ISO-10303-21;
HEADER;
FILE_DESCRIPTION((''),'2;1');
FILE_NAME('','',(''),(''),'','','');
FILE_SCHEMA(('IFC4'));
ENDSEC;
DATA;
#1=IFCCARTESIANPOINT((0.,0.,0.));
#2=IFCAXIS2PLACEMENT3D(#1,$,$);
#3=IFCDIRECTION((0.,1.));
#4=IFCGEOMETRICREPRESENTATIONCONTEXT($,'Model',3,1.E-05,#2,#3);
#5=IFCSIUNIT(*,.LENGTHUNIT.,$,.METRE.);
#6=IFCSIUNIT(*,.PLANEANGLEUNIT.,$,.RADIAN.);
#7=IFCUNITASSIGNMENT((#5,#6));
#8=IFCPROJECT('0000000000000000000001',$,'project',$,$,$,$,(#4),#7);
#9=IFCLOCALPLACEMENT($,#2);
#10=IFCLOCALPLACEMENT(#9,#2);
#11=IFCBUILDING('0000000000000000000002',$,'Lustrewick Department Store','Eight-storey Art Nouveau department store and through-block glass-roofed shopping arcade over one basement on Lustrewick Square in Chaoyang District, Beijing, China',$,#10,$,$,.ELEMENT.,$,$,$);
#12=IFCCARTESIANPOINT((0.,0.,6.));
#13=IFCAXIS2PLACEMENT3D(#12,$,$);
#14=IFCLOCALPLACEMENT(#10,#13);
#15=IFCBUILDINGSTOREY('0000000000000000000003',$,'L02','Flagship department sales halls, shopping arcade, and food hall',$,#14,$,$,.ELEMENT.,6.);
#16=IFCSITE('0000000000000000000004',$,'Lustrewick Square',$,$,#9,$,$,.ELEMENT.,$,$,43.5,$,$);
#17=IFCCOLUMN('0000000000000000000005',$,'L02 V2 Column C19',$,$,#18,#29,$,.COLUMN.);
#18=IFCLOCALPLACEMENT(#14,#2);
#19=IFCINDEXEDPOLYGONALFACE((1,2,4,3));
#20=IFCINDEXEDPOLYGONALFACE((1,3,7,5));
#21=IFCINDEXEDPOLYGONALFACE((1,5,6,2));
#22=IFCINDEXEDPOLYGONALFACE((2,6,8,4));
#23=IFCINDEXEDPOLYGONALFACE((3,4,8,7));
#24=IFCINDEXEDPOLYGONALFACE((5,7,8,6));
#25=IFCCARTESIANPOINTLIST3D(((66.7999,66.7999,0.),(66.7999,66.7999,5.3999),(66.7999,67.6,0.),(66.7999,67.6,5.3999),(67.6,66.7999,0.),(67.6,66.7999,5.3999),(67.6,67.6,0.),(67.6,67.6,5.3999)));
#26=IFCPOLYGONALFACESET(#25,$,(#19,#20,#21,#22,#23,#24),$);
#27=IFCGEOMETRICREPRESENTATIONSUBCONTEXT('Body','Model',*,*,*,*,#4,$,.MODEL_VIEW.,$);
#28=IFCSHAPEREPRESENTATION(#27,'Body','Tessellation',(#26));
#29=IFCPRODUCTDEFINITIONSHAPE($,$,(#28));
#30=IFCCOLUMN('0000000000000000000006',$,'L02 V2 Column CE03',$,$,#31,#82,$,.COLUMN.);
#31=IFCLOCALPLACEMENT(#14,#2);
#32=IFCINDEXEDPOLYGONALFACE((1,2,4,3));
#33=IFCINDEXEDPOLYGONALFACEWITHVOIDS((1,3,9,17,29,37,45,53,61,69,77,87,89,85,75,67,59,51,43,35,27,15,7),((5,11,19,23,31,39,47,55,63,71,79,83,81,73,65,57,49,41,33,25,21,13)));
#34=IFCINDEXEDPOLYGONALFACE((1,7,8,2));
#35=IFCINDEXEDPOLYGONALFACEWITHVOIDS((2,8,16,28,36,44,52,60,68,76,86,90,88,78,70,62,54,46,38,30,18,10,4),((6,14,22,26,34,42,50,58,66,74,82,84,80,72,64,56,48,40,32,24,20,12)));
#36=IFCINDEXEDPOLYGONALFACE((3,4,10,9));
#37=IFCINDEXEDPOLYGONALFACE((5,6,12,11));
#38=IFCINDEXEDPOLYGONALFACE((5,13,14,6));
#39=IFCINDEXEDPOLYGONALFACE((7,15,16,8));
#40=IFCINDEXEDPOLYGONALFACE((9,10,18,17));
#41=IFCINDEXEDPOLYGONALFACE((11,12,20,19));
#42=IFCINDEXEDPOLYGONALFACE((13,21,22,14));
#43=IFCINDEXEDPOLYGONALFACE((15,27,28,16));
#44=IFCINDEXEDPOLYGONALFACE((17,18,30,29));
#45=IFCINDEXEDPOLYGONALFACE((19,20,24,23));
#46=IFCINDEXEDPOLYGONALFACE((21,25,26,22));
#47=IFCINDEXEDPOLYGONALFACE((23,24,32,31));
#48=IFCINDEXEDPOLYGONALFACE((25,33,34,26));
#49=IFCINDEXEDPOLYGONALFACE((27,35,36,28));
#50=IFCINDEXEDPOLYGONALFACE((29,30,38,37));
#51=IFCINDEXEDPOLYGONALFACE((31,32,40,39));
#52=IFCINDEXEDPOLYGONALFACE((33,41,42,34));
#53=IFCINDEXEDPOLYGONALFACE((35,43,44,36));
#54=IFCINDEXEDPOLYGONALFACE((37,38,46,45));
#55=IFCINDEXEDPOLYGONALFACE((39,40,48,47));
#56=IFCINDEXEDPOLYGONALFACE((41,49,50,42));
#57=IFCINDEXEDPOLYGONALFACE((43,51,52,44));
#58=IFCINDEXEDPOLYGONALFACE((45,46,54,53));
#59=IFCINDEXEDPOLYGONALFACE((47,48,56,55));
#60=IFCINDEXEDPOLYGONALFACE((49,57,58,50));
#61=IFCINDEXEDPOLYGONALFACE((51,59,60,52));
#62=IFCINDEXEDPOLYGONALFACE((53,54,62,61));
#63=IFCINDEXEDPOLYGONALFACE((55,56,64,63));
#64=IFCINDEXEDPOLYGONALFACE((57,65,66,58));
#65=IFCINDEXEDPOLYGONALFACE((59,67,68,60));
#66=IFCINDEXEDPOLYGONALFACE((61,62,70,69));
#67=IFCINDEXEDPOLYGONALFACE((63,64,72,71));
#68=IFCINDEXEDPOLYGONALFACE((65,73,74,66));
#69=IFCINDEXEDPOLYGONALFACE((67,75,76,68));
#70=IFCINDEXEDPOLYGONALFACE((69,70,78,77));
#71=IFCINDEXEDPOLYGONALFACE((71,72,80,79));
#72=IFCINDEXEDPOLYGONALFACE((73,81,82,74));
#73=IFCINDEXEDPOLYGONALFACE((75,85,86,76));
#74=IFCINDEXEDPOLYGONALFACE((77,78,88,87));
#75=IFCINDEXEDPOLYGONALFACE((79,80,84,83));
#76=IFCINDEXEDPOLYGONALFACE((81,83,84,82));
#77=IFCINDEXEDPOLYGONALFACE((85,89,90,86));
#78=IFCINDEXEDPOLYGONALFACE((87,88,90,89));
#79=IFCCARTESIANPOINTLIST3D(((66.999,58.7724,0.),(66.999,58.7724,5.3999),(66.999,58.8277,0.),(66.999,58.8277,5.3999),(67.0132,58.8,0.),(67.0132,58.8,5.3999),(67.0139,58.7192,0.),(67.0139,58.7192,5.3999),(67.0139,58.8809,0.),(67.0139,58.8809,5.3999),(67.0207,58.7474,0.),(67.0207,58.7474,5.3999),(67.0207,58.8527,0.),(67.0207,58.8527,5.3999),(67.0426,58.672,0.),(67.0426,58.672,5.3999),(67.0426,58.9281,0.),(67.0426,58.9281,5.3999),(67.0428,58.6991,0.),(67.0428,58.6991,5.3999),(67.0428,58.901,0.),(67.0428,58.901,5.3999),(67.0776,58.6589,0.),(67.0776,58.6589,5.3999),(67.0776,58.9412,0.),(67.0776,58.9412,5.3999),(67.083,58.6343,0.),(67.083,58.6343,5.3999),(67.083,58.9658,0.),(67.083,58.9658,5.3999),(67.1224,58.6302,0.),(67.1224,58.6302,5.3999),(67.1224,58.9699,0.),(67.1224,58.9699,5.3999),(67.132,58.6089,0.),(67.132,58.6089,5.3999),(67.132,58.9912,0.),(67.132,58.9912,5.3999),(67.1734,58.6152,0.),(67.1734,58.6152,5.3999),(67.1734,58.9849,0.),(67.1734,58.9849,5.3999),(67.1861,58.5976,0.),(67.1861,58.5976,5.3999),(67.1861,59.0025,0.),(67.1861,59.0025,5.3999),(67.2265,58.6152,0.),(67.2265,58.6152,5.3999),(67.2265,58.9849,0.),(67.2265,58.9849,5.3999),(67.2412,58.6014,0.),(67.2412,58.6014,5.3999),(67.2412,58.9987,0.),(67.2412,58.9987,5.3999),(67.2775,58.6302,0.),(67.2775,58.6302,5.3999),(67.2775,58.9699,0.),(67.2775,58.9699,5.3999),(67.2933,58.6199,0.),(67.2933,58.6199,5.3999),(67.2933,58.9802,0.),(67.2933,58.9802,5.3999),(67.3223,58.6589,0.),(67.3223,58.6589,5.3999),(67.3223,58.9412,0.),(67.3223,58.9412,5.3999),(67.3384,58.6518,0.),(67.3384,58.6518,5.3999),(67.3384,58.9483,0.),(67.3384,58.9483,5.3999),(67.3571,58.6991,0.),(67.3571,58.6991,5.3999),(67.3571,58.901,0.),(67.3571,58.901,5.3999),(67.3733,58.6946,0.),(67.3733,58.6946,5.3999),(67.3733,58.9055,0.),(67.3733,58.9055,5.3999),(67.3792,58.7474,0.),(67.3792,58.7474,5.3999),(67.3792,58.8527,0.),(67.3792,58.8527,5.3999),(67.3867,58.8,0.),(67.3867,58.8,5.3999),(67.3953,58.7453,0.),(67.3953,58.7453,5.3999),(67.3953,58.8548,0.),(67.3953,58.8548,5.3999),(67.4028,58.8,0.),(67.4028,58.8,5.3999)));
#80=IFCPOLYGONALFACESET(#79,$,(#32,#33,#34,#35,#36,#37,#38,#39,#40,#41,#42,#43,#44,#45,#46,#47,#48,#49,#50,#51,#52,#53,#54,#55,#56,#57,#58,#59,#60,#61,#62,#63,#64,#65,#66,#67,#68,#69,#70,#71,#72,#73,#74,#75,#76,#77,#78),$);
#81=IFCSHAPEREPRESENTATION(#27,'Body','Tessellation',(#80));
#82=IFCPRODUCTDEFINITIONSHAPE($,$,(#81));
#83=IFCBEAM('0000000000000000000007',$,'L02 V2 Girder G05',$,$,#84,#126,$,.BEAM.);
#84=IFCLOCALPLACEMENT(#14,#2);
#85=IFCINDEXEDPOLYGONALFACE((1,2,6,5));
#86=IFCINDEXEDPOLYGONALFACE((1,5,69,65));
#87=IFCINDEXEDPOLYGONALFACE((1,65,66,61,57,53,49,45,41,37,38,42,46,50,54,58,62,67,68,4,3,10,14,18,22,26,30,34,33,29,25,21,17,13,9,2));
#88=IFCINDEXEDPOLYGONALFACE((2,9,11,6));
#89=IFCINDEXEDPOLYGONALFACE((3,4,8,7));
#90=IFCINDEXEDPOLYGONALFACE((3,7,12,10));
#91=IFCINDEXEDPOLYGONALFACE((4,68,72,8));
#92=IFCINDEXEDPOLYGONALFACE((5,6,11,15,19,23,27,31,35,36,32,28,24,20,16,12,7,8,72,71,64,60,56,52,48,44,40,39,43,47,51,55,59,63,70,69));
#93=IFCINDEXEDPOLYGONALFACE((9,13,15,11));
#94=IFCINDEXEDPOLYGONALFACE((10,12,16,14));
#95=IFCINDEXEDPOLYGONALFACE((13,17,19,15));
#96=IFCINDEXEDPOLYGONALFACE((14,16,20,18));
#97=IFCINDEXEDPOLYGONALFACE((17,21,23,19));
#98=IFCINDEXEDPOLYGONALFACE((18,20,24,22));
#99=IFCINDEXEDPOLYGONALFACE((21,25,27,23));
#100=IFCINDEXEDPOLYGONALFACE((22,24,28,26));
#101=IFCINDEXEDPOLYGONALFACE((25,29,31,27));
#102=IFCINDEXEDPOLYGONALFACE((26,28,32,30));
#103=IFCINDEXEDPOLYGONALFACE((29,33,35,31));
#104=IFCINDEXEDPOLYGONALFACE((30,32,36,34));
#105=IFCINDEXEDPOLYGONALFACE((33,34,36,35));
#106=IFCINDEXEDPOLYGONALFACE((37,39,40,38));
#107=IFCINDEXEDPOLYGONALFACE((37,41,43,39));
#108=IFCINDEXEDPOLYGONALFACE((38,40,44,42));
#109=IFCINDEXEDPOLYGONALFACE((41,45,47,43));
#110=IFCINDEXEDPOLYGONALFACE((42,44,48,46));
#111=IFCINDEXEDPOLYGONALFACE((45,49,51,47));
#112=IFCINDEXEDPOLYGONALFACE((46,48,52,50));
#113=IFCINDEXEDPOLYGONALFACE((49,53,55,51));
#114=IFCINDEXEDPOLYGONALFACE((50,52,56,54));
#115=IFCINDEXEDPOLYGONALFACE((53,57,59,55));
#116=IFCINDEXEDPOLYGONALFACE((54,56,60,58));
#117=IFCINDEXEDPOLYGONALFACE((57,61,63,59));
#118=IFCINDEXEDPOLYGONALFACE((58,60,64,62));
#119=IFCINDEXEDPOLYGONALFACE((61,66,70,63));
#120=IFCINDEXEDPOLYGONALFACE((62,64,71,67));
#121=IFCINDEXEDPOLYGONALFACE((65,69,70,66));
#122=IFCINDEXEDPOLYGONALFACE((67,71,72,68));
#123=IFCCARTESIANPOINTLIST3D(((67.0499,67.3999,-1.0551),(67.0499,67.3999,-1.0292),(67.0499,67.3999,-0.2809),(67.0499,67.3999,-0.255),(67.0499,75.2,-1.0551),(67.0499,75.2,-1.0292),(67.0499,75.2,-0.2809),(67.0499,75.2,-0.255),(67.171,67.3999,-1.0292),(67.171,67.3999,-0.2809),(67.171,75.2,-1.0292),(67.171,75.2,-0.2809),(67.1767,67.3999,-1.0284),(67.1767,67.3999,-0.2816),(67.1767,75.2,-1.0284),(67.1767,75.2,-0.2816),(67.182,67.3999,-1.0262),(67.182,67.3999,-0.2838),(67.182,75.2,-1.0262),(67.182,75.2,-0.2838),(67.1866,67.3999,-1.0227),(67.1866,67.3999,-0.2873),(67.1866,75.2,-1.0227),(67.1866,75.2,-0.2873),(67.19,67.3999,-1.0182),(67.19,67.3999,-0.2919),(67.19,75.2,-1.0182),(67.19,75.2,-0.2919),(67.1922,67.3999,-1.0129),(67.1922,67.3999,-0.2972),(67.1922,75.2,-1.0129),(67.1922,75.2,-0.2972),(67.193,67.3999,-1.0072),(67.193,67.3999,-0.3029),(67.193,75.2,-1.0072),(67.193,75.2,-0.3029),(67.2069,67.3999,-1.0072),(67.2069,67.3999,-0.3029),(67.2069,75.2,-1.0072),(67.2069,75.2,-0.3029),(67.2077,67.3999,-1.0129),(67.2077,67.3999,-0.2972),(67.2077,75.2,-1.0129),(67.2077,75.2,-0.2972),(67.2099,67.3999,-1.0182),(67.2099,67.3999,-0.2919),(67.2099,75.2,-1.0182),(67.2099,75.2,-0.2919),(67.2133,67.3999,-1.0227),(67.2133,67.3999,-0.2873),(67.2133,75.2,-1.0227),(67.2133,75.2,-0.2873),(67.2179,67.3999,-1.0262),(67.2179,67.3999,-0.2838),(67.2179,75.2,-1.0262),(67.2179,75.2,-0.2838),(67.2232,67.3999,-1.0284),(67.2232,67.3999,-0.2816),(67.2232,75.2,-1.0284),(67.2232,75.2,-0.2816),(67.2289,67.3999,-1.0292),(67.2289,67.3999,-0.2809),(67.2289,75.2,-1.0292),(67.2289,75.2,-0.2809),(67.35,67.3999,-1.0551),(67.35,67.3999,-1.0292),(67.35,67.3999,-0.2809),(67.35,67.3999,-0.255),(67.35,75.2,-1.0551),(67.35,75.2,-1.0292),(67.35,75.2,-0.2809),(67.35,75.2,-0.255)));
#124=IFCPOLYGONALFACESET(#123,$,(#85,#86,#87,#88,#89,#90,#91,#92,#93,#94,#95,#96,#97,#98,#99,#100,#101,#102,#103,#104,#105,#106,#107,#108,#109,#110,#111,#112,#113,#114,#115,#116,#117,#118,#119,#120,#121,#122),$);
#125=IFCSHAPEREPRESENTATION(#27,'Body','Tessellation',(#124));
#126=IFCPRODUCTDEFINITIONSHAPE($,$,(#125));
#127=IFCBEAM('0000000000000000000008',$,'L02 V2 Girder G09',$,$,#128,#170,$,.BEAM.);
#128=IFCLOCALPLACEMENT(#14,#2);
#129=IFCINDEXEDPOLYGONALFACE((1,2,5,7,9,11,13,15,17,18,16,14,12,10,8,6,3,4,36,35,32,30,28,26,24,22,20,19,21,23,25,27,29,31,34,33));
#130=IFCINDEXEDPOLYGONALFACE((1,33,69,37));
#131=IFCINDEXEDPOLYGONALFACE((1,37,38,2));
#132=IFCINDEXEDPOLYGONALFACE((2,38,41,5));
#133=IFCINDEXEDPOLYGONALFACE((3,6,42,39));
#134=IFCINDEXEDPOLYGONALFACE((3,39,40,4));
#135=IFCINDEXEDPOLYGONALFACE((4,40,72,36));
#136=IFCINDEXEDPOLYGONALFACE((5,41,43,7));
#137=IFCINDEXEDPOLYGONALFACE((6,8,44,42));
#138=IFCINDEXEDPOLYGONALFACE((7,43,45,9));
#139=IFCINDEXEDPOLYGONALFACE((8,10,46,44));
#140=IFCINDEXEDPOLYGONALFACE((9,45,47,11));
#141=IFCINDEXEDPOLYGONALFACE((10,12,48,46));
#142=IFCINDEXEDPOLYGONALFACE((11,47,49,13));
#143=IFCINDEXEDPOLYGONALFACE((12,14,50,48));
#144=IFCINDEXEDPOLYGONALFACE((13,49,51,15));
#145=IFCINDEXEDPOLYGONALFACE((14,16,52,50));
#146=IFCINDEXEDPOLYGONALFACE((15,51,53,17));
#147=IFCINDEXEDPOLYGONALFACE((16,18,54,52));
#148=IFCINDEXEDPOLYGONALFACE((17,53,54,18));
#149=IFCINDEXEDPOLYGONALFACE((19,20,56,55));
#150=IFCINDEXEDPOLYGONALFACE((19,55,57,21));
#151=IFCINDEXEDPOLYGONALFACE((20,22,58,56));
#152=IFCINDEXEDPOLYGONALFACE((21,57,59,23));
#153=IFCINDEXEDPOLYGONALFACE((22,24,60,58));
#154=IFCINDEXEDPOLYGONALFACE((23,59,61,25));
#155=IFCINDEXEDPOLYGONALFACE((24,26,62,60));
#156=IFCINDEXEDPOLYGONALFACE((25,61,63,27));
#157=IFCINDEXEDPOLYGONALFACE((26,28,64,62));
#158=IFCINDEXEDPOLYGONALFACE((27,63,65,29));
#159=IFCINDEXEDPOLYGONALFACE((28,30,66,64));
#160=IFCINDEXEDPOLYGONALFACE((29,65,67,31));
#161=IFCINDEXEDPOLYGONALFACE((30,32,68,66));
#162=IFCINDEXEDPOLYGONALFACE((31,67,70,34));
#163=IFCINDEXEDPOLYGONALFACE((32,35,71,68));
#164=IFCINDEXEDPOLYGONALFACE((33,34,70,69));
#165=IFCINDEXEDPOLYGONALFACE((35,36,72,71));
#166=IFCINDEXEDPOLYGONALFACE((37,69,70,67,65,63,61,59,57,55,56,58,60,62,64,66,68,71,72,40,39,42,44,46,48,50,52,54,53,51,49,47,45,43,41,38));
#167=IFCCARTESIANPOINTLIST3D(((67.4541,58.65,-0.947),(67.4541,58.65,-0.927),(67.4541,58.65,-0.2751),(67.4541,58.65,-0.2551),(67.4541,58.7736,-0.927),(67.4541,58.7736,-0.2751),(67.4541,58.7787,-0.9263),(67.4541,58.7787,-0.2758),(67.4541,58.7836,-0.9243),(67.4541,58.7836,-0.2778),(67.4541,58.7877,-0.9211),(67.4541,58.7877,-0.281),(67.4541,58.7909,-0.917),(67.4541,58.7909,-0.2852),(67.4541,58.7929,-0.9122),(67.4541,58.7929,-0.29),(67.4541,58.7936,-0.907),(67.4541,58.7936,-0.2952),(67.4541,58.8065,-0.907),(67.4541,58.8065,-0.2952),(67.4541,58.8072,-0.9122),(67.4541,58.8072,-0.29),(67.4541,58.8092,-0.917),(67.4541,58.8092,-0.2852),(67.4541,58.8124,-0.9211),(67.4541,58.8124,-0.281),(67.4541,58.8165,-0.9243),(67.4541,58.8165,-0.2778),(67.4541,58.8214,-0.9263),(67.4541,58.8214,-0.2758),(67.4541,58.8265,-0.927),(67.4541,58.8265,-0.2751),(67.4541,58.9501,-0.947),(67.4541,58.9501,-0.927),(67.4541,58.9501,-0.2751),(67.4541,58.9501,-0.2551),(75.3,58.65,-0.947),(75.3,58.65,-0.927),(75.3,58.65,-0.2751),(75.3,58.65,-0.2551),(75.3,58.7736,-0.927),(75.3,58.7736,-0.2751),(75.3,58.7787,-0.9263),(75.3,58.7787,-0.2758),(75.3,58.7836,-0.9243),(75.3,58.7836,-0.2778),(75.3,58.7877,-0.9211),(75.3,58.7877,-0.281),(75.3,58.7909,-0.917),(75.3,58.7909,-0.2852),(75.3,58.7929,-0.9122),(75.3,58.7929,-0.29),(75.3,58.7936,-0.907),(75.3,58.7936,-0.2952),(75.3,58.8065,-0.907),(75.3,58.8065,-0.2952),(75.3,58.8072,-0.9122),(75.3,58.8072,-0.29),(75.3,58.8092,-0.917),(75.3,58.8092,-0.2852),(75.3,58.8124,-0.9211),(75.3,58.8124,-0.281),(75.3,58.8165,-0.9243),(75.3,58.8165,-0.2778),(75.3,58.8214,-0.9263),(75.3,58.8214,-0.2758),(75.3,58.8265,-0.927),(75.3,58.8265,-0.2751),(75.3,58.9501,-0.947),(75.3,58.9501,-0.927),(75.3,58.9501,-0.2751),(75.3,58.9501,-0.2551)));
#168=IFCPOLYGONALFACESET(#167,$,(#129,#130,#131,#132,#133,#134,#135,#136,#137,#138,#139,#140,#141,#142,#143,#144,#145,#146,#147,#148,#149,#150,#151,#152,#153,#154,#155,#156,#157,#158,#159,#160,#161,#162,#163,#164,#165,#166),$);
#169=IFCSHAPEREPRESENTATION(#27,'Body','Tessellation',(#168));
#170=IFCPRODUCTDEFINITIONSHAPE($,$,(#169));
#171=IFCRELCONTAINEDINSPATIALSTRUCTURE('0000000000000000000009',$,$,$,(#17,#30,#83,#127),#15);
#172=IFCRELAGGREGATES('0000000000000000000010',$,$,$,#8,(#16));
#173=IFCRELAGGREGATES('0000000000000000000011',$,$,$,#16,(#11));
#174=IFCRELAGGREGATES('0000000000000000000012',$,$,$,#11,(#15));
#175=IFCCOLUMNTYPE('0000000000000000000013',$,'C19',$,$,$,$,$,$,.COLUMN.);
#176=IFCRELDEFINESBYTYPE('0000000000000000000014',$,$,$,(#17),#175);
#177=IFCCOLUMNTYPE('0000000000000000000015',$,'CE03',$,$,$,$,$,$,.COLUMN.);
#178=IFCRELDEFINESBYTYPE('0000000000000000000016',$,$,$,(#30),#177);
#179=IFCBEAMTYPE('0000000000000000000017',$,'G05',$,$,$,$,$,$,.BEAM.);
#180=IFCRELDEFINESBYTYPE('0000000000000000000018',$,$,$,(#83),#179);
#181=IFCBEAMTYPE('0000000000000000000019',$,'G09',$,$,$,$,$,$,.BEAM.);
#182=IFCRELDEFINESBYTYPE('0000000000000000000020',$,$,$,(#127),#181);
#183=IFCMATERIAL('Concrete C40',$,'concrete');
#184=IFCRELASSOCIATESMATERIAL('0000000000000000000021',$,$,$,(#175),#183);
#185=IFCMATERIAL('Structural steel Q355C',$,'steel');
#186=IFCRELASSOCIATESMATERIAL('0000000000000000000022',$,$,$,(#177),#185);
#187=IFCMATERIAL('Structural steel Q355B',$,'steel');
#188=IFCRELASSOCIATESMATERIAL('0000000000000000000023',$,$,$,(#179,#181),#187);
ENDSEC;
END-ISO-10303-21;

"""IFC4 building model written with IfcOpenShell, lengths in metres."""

from ifc_helpers import new_model, si_unit, direction, frame, origin, origin_2d, place, context, subcontext, project, spatial, rectangle, hollow_circle, i_section, extrude, material, material_profile, profile_set, type_object, element, save


model = new_model("IFC4")

# Units and contexts
model_context = context("Model", 3, precision=1e-05, world=origin(), true_north=direction((0.0, 1.0)))
body_context = subcontext(model_context, "Body", "Model", "MODEL_VIEW")
ifc_project = project(units=[si_unit("LENGTHUNIT", "METRE"), si_unit("PLANEANGLEUNIT", "RADIAN")], contexts=[model_context])

# Site, building, storey
site_placement = place(None, origin())
site = spatial("IfcSite", under=ifc_project, at=site_placement, Name="Lustrewick Square", CompositionType="ELEMENT", RefElevation=43.5)
building_placement = place(site_placement, origin())
building = spatial("IfcBuilding", under=site, at=building_placement, Name="Lustrewick Department Store", Description="Eight-storey Art Nouveau department store and through-block glass-roofed shopping arcade over one basement on Lustrewick Square in Chaoyang District, Beijing, China", CompositionType="ELEMENT")
storey_placement = place(building_placement, frame((0.0, 0.0, 6.0)))
storey = spatial("IfcBuildingStorey", under=building, at=storey_placement, Name="L02", Description="Flagship department sales halls, shopping arcade, and food hall", CompositionType="ELEMENT", Elevation=6.0)

# Columns
ifc_material_1 = material(Name="Concrete C40", Category="concrete")
ifc_material_profile_1 = material_profile(ifc_material_1, rectangle(XDim=0.8, YDim=0.8, at=origin_2d()), Name="RC 800x800")
ifc_profile_set_1 = profile_set([ifc_material_profile_1], Name="Concrete C40")
column_type_1 = type_object("IfcColumnType", Name="C19", PredefinedType="COLUMN", material=ifc_profile_set_1)
column_1_placement = place(storey_placement, frame((67.2, 67.2, 0.0), z_axis=(0.0, 0.0, 1.0), x_axis=(1.0, 0.0, 0.0)))
element("IfcColumn", 1, at=column_1_placement, inside=storey, type_object=column_type_1, Name="L02 V2 Column C19", PredefinedType="COLUMN", context=body_context, shape_type="SweptSolid", body=[
    extrude(rectangle(XDim=0.8, YDim=0.8, at=origin_2d()), origin(), (0.0, 0.0, 1.0), 5.3999),
])
ifc_material_2 = material(Name="Structural steel Q355C", Category="steel")
ifc_material_profile_2 = material_profile(ifc_material_2, hollow_circle(Radius=0.2029, WallThickness=0.0161, at=origin_2d()), Name="CHS 406x16")
ifc_profile_set_2 = profile_set([ifc_material_profile_2], Name="Structural steel Q355C")
column_type_2 = type_object("IfcColumnType", Name="CE03", PredefinedType="COLUMN", material=ifc_profile_set_2)
column_2_placement = place(storey_placement, frame((67.2, 58.8, 0.0), z_axis=(0.0, 0.0, 1.0), x_axis=(1.0, 0.0, 0.0)))
element("IfcColumn", 2, at=column_2_placement, inside=storey, type_object=column_type_2, Name="L02 V2 Column CE03", PredefinedType="COLUMN", context=body_context, shape_type="SweptSolid", body=[
    extrude(hollow_circle(Radius=0.2029, WallThickness=0.0161, at=origin_2d()), origin(), (0.0, 0.0, 1.0), 5.3999),
])

# Beams
ifc_material_3 = material(Name="Structural steel Q355B", Category="steel")
ifc_material_profile_3 = material_profile(ifc_material_3, i_section(OverallWidth=0.3, OverallDepth=0.8, WebThickness=0.0139, FlangeThickness=0.0259, FilletRadius=0.022, at=origin_2d()), Name="HN 800x300x14x26")
ifc_profile_set_3 = profile_set([ifc_material_profile_3], Name="Structural steel Q355B")
beam_type_1 = type_object("IfcBeamType", Name="G05", PredefinedType="BEAM", material=ifc_profile_set_3)
beam_1_placement = place(storey_placement, frame((67.2, 67.3999, -0.655), z_axis=(0.0, 1.0, 0.0), x_axis=(-1.0, 0.0, 0.0)))
element("IfcBeam", 3, at=beam_1_placement, inside=storey, type_object=beam_type_1, Name="L02 V2 Girder G05", PredefinedType="BEAM", context=body_context, shape_type="SweptSolid", body=[
    extrude(i_section(OverallWidth=0.3, OverallDepth=0.8, WebThickness=0.0139, FlangeThickness=0.0259, FilletRadius=0.022, at=origin_2d()), origin(), (0.0, 0.0, 1.0), 7.8),
])
ifc_material_profile_4 = material_profile(ifc_material_3, i_section(OverallWidth=0.3, OverallDepth=0.6919, WebThickness=0.0129, FlangeThickness=0.02, FilletRadius=0.02, at=origin_2d()), Name="HN 692x300x13x20")
ifc_profile_set_4 = profile_set([ifc_material_profile_4], Name="Structural steel Q355B")
beam_type_2 = type_object("IfcBeamType", Name="G09", PredefinedType="BEAM", material=ifc_profile_set_4)
beam_2_placement = place(storey_placement, frame((67.4541, 58.8, -0.6011), z_axis=(1.0, 0.0, 0.0), x_axis=(0.0, 1.0, 0.0)))
element("IfcBeam", 4, at=beam_2_placement, inside=storey, type_object=beam_type_2, Name="L02 V2 Girder G09", PredefinedType="BEAM", context=body_context, shape_type="SweptSolid", body=[
    extrude(i_section(OverallWidth=0.3, OverallDepth=0.6919, WebThickness=0.0129, FlangeThickness=0.02, FilletRadius=0.02, at=origin_2d()), origin(), (0.0, 0.0, 1.0), 7.8459),
])

save(model, "model.ifc")
